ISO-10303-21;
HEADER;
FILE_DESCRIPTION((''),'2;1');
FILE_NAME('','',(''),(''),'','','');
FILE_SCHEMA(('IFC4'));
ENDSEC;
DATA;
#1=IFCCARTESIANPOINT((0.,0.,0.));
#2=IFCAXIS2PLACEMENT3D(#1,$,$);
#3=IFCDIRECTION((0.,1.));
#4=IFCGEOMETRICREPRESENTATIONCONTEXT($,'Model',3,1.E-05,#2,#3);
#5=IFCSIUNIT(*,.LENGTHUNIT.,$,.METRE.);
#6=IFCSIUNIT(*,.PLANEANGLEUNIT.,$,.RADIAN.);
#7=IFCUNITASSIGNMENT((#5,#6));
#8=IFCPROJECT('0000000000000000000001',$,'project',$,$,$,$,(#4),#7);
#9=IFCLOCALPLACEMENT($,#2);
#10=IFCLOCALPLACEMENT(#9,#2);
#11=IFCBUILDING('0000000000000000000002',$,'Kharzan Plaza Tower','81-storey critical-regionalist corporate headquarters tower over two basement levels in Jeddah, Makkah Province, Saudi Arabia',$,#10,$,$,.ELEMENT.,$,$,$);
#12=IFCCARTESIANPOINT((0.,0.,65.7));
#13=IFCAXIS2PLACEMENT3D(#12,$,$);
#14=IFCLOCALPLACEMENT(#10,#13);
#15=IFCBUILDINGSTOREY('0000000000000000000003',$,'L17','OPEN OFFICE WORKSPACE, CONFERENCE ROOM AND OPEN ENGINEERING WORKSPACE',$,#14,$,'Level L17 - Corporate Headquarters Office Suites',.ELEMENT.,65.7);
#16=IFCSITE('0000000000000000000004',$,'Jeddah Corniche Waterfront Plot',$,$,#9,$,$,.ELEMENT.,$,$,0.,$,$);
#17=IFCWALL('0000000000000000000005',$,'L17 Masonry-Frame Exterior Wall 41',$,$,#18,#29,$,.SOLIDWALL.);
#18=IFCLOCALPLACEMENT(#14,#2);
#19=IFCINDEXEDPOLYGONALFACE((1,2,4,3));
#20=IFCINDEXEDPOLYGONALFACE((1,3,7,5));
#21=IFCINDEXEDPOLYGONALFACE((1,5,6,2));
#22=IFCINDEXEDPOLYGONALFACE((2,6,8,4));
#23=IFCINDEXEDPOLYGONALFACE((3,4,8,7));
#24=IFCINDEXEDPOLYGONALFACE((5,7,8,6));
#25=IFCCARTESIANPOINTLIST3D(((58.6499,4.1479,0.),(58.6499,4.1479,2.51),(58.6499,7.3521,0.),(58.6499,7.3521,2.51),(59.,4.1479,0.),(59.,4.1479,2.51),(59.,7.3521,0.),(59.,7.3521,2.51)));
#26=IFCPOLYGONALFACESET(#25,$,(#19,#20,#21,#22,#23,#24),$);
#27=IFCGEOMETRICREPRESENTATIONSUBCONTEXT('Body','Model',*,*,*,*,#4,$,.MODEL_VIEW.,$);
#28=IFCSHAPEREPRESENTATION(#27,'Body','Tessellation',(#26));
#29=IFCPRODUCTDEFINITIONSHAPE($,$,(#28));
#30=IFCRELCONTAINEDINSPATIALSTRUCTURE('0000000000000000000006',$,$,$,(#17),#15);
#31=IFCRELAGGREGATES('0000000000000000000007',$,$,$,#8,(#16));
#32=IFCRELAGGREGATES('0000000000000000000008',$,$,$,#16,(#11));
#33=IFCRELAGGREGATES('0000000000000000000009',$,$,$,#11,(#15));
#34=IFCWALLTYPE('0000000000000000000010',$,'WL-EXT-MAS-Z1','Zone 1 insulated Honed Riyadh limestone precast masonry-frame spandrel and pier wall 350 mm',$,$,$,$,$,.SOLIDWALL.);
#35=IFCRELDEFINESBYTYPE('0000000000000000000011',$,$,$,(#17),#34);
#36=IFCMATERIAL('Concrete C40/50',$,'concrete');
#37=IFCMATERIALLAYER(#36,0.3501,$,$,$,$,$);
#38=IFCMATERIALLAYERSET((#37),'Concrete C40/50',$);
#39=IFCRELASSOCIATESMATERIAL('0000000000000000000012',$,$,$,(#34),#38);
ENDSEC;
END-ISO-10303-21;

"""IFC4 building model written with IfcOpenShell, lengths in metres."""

from ifc_helpers import new_model, si_unit, direction, frame, frame_2d, origin, place, context, subcontext, project, spatial, rectangle, extrude, source, transform, mapped, material, layer, layer_set, type_object, element, save


model = new_model("IFC4")

# Units and contexts
model_context = context("Model", 3, precision=1e-05, world=origin(), true_north=direction((0.0, 1.0)))
body_context = subcontext(model_context, "Body", "Model", "MODEL_VIEW")
ifc_project = project(units=[si_unit("LENGTHUNIT", "METRE"), si_unit("PLANEANGLEUNIT", "RADIAN")], contexts=[model_context])

# Site, building, storey
site_placement = place(None, origin())
site = spatial("IfcSite", under=ifc_project, at=site_placement, Name="Jeddah Corniche Waterfront Plot", CompositionType="ELEMENT", RefElevation=0.0)
building_placement = place(site_placement, origin())
building = spatial("IfcBuilding", under=site, at=building_placement, Name="Kharzan Plaza Tower", Description="81-storey critical-regionalist corporate headquarters tower over two basement levels in Jeddah, Makkah Province, Saudi Arabia", CompositionType="ELEMENT")
storey_placement = place(building_placement, frame((0.0, 0.0, 65.7)))
storey = spatial("IfcBuildingStorey", under=building, at=storey_placement, Name="L17", Description="OPEN OFFICE WORKSPACE, CONFERENCE ROOM AND OPEN ENGINEERING WORKSPACE", LongName="Level L17 - Corporate Headquarters Office Suites", CompositionType="ELEMENT", Elevation=65.7)

# Shared definitions
ifc_material_1 = material(Name="Concrete C40/50", Category="concrete")
ifc_layer = layer(ifc_material_1, 0.3501)
ifc_layer_set = layer_set([ifc_layer], Name="Concrete C40/50")
wall_type = type_object("IfcWallType", Name="WL-EXT-MAS-Z1", Description="Zone 1 insulated Honed Riyadh limestone precast masonry-frame spandrel and pier wall 350 mm", PredefinedType="SOLIDWALL", material=ifc_layer_set)

# Wall
shared_shape_1 = source(origin(), body_context, "Body", "SweptSolid", [
    extrude(rectangle(XDim=3.2041, YDim=0.3501, at=frame_2d((1.6021, 0.0))), origin(), (0.0, 0.0, 1.0), 2.51),
])
wall_1_placement = place(storey_placement, frame((58.825, 4.1479, 0.0), z_axis=(0.0, 0.0, 1.0), x_axis=(0.0, 1.0, 0.0)))
element("IfcWall", 1, at=wall_1_placement, inside=storey, type_object=wall_type, Name="L17 Masonry-Frame Exterior Wall 41", PredefinedType="SOLIDWALL", context=body_context, shape_type="MappedRepresentation", body=[
    mapped(shared_shape_1, transform((0.0, 0.0, 0.0), x_axis=(1.0, 0.0, 0.0), y_axis=(0.0, 1.0, 0.0), z_axis=(0.0, 0.0, 1.0))),
])

save(model, "model.ifc")
